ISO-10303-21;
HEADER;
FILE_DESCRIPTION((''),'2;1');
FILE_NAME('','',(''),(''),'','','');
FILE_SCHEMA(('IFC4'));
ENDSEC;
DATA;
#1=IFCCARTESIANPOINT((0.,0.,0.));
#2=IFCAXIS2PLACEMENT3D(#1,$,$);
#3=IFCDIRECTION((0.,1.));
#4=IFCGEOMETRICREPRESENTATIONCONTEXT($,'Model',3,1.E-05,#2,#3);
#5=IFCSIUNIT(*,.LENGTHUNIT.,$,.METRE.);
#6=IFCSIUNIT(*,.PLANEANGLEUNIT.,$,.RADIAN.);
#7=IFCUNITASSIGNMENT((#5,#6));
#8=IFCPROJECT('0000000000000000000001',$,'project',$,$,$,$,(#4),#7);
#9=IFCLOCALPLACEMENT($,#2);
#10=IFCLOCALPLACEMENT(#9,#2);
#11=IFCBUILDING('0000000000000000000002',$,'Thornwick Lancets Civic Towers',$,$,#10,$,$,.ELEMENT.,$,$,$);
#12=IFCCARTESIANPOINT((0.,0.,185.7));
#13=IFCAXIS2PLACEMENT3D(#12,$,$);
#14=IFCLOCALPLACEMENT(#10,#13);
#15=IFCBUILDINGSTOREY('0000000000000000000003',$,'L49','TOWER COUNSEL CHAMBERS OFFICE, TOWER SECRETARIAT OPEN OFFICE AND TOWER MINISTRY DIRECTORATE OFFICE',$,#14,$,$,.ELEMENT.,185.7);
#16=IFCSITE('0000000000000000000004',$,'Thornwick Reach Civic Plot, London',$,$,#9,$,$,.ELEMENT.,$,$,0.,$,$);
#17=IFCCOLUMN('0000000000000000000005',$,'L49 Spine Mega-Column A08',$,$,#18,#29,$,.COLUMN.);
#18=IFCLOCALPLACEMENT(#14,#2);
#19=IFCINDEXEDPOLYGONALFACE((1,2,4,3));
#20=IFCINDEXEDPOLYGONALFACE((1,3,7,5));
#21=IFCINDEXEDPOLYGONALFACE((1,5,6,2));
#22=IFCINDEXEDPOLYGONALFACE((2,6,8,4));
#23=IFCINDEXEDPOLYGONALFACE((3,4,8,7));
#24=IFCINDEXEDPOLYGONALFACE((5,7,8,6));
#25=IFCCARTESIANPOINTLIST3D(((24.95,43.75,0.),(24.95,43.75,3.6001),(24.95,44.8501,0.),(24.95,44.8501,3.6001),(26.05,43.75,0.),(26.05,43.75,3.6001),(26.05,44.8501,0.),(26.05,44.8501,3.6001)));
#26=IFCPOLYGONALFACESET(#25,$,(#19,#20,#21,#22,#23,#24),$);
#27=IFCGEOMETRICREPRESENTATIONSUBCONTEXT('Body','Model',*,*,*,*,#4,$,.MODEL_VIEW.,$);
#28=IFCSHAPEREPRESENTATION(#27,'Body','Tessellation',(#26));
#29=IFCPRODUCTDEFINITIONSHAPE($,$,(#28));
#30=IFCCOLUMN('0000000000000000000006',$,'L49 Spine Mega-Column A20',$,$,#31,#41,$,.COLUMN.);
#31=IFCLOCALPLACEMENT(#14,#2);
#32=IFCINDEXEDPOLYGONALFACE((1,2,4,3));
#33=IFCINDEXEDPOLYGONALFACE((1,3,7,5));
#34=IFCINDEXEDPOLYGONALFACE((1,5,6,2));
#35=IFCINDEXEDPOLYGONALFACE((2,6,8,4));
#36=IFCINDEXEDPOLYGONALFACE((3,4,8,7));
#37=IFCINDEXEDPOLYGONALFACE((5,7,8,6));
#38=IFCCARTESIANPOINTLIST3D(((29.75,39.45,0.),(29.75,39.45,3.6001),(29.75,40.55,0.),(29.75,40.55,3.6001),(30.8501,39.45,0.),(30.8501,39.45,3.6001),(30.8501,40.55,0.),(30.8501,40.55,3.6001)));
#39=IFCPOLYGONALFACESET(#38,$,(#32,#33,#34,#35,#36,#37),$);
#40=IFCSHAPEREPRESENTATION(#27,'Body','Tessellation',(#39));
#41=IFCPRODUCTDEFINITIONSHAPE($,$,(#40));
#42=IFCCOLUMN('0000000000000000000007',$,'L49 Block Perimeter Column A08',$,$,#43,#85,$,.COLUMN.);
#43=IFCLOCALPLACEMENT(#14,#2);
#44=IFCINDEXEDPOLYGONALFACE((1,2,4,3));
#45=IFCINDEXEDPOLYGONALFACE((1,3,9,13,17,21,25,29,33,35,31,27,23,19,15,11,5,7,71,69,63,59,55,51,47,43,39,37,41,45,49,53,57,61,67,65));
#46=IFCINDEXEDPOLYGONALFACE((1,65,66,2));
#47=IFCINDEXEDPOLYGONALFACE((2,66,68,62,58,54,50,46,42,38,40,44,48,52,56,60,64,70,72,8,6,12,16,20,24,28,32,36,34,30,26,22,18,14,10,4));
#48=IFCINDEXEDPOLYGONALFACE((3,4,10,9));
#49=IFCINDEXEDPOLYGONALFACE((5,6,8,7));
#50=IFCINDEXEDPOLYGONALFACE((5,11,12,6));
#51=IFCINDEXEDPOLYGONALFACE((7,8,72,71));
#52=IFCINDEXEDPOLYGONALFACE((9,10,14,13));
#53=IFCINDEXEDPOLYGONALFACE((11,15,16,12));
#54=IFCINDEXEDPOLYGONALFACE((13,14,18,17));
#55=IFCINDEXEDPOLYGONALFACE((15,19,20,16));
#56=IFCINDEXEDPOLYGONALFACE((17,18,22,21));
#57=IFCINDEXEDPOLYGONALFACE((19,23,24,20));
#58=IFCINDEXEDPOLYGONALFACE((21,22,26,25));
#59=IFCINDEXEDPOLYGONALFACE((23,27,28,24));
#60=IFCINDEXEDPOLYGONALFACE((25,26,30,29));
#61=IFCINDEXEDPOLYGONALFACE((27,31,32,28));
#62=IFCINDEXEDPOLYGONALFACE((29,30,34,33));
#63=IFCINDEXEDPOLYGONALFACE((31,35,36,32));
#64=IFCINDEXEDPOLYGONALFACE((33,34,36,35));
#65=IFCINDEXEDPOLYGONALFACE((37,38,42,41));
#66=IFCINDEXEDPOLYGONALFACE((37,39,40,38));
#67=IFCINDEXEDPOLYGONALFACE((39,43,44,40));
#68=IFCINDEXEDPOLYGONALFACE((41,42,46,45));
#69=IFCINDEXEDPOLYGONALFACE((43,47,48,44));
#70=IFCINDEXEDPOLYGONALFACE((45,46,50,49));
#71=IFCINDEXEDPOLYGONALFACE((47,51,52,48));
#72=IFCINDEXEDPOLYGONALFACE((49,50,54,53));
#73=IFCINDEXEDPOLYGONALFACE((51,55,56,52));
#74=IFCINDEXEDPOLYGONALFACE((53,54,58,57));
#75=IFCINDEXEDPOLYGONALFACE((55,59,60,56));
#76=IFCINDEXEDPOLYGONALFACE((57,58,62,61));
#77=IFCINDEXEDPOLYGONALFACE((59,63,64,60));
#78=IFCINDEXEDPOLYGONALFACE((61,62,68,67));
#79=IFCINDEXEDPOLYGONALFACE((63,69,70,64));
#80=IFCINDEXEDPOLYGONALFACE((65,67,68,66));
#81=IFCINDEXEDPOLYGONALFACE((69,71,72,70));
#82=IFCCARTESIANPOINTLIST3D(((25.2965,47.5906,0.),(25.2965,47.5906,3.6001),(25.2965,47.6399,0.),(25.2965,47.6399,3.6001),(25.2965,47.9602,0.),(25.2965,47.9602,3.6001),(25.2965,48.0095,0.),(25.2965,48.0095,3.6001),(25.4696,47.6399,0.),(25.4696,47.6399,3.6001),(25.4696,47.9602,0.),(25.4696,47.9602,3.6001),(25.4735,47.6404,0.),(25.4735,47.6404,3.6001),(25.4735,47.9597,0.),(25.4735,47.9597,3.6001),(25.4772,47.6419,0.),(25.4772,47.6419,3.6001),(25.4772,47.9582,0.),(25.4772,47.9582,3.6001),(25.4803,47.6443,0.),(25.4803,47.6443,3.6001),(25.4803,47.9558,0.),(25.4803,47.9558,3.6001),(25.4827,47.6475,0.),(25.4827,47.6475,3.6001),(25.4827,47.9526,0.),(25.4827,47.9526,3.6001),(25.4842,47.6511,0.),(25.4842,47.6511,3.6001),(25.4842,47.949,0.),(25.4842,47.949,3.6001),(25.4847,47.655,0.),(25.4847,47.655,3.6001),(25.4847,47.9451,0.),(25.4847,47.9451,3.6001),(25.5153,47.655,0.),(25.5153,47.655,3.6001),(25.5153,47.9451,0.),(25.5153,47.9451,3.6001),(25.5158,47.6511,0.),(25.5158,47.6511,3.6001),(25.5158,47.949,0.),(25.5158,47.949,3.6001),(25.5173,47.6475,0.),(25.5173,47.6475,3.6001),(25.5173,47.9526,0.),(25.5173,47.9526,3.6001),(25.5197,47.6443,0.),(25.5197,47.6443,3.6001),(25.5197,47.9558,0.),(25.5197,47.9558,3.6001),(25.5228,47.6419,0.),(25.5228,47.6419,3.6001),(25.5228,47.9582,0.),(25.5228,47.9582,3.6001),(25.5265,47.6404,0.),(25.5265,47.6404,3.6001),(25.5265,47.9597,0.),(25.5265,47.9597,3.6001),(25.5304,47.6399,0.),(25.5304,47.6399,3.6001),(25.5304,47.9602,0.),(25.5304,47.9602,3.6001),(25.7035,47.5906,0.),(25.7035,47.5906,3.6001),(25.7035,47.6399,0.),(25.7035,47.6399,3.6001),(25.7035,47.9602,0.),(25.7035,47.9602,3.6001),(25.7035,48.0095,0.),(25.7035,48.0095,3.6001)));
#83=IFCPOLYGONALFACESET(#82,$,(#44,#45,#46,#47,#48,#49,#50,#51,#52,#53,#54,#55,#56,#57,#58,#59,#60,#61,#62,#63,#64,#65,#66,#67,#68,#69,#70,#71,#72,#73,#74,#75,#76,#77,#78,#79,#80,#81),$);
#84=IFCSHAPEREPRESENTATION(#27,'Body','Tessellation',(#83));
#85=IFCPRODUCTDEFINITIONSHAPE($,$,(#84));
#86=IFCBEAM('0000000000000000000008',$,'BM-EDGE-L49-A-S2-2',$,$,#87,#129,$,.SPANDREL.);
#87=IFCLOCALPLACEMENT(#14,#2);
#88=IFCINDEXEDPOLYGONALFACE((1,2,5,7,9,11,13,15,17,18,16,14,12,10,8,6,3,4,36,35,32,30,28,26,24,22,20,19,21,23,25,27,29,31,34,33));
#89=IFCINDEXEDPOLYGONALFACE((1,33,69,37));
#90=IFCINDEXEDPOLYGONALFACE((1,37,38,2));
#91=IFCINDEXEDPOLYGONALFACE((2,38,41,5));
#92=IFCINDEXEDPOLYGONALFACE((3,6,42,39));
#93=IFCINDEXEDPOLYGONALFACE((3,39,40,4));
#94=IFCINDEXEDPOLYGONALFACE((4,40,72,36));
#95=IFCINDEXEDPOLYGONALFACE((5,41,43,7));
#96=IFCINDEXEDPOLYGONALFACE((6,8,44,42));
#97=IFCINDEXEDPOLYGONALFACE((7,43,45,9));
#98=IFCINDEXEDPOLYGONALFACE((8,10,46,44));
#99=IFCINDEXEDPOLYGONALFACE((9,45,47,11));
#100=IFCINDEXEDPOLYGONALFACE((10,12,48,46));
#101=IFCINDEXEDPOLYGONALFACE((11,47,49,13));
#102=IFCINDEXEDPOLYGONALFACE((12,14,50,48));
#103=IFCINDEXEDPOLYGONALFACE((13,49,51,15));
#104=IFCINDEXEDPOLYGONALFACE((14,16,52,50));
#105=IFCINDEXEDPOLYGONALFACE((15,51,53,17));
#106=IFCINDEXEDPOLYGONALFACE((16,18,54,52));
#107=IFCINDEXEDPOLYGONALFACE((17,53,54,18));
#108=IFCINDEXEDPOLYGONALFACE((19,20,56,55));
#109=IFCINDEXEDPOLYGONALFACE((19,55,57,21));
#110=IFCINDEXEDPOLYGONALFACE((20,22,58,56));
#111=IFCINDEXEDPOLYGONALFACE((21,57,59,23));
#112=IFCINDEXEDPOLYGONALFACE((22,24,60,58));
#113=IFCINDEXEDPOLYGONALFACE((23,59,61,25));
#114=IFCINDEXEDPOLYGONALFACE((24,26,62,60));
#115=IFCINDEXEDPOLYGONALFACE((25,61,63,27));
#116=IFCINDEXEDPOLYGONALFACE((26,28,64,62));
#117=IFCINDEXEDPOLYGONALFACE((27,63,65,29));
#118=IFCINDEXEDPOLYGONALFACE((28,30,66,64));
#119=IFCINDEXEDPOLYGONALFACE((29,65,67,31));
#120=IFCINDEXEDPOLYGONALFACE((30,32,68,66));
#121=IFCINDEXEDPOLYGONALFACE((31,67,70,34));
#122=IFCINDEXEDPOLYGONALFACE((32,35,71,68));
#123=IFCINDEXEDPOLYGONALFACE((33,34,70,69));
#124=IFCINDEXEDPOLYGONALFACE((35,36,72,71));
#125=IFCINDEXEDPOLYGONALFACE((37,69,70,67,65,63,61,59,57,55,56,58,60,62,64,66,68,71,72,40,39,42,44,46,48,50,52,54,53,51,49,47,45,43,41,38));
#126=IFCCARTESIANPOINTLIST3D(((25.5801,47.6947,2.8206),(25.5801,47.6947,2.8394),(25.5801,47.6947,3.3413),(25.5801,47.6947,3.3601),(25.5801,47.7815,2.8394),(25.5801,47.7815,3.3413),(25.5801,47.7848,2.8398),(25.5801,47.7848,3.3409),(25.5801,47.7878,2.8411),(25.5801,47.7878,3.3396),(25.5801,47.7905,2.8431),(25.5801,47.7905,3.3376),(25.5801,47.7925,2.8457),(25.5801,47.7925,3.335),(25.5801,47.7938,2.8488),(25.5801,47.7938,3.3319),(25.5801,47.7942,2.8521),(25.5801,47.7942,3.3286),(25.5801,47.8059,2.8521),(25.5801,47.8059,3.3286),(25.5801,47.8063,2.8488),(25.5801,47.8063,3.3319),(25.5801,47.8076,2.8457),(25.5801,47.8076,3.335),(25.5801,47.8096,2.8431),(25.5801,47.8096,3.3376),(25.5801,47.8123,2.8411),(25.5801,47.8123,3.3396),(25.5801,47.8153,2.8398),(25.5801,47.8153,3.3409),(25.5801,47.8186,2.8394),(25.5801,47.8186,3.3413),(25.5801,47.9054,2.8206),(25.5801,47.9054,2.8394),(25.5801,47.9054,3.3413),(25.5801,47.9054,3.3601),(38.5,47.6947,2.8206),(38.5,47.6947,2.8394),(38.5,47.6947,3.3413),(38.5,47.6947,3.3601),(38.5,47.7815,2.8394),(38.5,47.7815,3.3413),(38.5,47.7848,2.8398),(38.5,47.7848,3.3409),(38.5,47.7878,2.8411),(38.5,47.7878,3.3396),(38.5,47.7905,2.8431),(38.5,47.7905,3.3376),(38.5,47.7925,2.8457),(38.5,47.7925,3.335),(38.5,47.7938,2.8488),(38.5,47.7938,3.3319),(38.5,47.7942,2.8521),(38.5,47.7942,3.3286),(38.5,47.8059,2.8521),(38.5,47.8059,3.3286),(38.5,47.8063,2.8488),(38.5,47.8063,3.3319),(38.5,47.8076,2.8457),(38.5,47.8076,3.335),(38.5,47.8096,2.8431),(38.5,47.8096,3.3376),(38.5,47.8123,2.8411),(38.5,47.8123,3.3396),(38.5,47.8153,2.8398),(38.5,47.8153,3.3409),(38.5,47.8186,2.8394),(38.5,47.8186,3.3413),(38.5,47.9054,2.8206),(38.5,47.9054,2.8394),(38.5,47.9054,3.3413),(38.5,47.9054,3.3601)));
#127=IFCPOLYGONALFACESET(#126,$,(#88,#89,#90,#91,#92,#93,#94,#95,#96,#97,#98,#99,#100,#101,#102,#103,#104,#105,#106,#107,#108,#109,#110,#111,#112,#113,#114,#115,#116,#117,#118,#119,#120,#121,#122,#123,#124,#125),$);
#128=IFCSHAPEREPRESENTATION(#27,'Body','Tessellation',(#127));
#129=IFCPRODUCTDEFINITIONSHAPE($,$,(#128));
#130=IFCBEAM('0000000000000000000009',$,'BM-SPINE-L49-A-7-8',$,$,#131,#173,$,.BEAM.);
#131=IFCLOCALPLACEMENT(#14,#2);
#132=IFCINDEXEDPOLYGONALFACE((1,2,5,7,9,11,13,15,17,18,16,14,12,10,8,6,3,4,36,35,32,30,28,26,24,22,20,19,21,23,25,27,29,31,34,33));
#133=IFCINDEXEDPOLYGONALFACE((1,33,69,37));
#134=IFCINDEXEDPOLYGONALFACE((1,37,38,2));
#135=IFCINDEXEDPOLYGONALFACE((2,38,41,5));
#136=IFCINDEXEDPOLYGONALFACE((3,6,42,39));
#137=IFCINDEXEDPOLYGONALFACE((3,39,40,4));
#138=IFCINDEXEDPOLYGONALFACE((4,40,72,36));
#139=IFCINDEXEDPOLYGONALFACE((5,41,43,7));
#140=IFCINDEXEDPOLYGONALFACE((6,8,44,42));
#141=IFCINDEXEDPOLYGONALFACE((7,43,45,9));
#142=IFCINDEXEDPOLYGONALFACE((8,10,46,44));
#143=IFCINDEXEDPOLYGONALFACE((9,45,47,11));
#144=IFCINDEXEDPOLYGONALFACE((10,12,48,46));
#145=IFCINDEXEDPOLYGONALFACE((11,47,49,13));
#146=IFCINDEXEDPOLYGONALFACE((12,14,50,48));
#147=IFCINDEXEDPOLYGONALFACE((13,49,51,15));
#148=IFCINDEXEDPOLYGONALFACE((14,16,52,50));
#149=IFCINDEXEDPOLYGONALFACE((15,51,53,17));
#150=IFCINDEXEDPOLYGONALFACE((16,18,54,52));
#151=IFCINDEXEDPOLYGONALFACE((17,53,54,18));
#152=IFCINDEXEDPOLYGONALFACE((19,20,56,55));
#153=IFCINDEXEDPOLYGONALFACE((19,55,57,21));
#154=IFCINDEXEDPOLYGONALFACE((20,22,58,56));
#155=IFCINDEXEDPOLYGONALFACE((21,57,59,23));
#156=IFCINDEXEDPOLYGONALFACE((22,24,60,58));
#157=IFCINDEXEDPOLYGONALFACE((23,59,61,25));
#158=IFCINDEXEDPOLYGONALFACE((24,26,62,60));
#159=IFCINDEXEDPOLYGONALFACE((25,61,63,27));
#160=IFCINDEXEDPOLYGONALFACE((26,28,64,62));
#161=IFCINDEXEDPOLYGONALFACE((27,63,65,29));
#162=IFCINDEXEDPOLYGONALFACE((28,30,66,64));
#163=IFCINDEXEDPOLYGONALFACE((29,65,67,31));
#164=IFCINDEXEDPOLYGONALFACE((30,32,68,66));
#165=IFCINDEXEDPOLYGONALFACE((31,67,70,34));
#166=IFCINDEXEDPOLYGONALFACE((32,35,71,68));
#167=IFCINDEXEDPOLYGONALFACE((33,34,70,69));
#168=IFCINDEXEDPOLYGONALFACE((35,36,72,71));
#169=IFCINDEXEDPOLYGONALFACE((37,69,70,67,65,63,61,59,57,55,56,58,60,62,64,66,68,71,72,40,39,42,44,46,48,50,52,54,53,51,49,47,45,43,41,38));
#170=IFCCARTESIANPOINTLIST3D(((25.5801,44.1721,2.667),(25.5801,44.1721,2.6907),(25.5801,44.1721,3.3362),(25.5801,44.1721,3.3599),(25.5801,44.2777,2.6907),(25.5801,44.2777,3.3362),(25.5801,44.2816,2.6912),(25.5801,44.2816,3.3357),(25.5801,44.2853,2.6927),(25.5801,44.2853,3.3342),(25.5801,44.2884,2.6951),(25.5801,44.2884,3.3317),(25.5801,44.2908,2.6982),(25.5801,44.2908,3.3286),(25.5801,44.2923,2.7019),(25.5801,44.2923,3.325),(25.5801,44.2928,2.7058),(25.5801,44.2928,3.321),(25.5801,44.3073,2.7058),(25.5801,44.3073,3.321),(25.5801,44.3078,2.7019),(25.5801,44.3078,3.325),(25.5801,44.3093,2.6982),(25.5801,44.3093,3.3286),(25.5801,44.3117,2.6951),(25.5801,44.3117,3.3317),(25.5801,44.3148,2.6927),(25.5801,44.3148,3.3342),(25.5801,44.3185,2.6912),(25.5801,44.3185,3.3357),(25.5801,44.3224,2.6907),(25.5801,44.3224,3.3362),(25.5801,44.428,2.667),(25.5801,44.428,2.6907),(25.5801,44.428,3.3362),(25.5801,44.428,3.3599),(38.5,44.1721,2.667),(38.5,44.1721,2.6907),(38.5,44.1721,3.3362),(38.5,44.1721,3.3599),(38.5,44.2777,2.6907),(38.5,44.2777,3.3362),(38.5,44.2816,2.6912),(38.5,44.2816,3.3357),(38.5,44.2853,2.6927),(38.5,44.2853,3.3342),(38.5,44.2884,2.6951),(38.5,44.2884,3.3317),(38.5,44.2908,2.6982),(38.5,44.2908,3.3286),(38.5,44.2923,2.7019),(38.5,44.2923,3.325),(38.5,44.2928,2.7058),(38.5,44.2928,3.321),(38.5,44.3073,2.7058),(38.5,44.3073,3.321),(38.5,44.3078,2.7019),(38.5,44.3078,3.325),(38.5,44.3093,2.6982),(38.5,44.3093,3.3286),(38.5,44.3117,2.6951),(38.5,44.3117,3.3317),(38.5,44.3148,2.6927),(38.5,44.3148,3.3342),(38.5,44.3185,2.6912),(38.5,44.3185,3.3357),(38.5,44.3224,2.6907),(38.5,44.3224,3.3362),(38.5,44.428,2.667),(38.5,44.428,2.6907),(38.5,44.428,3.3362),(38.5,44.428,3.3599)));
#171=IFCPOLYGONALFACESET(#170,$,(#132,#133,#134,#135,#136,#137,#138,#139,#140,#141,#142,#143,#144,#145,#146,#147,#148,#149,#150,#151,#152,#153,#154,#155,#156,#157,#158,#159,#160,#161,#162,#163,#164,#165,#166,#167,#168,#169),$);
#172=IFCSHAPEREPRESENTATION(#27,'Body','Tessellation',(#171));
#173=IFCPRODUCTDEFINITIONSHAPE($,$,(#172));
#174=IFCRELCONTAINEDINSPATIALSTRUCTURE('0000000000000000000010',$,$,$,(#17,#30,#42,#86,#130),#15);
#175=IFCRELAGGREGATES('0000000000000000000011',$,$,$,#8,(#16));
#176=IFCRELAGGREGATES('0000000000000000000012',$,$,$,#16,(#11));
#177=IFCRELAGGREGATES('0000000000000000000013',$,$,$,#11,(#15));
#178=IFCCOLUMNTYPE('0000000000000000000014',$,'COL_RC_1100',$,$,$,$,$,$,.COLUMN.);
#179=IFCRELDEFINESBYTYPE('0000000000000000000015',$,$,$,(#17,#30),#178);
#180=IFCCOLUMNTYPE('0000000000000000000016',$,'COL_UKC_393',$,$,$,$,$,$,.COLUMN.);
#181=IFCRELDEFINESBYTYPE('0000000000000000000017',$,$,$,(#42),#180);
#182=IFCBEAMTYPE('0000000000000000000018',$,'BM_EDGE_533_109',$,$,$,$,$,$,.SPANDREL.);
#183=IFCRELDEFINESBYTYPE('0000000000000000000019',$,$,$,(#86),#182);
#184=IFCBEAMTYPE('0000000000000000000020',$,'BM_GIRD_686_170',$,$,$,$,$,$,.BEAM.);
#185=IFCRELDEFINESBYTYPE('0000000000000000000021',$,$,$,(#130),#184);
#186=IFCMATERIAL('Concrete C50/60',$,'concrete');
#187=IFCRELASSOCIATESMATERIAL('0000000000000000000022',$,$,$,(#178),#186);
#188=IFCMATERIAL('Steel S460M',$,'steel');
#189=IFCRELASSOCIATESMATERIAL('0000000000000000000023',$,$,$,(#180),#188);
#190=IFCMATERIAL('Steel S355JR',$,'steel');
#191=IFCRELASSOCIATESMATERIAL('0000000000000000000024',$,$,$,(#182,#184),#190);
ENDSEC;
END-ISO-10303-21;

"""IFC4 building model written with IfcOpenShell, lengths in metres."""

from ifc_helpers import new_model, si_unit, direction, frame, origin, origin_2d, place, context, subcontext, project, spatial, rectangle, i_section, extrude, material, material_profile, profile_set, type_object, element, save


model = new_model("IFC4")

# Units and contexts
model_context = context("Model", 3, precision=1e-05, world=origin(), true_north=direction((0.0, 1.0)))
body_context = subcontext(model_context, "Body", "Model", "MODEL_VIEW")
ifc_project = project(units=[si_unit("LENGTHUNIT", "METRE"), si_unit("PLANEANGLEUNIT", "RADIAN")], contexts=[model_context])

# Site, building, storey
site_placement = place(None, origin())
site = spatial("IfcSite", under=ifc_project, at=site_placement, Name="Thornwick Reach Civic Plot, London", CompositionType="ELEMENT", RefElevation=0.0)
building_placement = place(site_placement, origin())
building = spatial("IfcBuilding", under=site, at=building_placement, Name="Thornwick Lancets Civic Towers", CompositionType="ELEMENT")
storey_placement = place(building_placement, frame((0.0, 0.0, 185.7)))
storey = spatial("IfcBuildingStorey", under=building, at=storey_placement, Name="L49", Description="TOWER COUNSEL CHAMBERS OFFICE, TOWER SECRETARIAT OPEN OFFICE AND TOWER MINISTRY DIRECTORATE OFFICE", CompositionType="ELEMENT", Elevation=185.7)

# Columns
ifc_material_1 = material(Name="Concrete C50/60", Category="concrete")
ifc_material_profile_1 = material_profile(ifc_material_1, rectangle(XDim=1.1001, YDim=1.1001, at=origin_2d()), Name="RC 1100x1100")
ifc_profile_set_1 = profile_set([ifc_material_profile_1], Name="Concrete C50/60")
column_type_1 = type_object("IfcColumnType", Name="COL_RC_1100", PredefinedType="COLUMN", material=ifc_profile_set_1)
for number, where, z_axis, x_axis, name in (
    (1, (25.5, 44.3, 0.0), (0.0, 0.0, 1.0), (1.0, 0.0, 0.0), "L49 Spine Mega-Column A08"),
    (2, (30.3, 40.0, 0.0), (0.0, 0.0, 1.0), (1.0, 0.0, 0.0), "L49 Spine Mega-Column A20"),
):
    element("IfcColumn", number, at=place(storey_placement, frame(where, z_axis=z_axis, x_axis=x_axis)), inside=storey, type_object=column_type_1, Name=name, PredefinedType="COLUMN", context=body_context, shape_type="SweptSolid", body=[
        extrude(rectangle(XDim=1.1001, YDim=1.1001, at=origin_2d()), origin(), (0.0, 0.0, 1.0), 3.6001),
    ])
ifc_material_2 = material(Name="Steel S460M", Category="steel")
ifc_material_profile_2 = material_profile(ifc_material_2, i_section(OverallWidth=0.407, OverallDepth=0.4189, WebThickness=0.0305, FlangeThickness=0.0493, FilletRadius=0.0151, at=origin_2d()), Name="UKC 356x406x393")
ifc_profile_set_2 = profile_set([ifc_material_profile_2], Name="Steel S460M")
column_type_2 = type_object("IfcColumnType", Name="COL_UKC_393", PredefinedType="COLUMN", material=ifc_profile_set_2)
column_placement = place(storey_placement, frame((25.5, 47.8, 0.0), z_axis=(0.0, 0.0, 1.0), x_axis=(1.0, 0.0, 0.0)))
element("IfcColumn", 3, at=column_placement, inside=storey, type_object=column_type_2, Name="L49 Block Perimeter Column A08", PredefinedType="COLUMN", context=body_context, shape_type="SweptSolid", body=[
    extrude(i_section(OverallWidth=0.407, OverallDepth=0.4189, WebThickness=0.0305, FlangeThickness=0.0493, FilletRadius=0.0151, at=origin_2d()), origin(), (0.0, 0.0, 1.0), 3.6001),
])

# Beams
ifc_material_3 = material(Name="Steel S355JR", Category="steel")
ifc_material_profile_3 = material_profile(ifc_material_3, i_section(OverallWidth=0.2107, OverallDepth=0.5396, WebThickness=0.0117, FlangeThickness=0.0188, FilletRadius=0.0127, at=origin_2d()), Name="UKB 533x210x109")
ifc_profile_set_3 = profile_set([ifc_material_profile_3], Name="Steel S355JR")
beam_type_1 = type_object("IfcBeamType", Name="BM_EDGE_533_109", PredefinedType="SPANDREL", material=ifc_profile_set_3)
beam_1_placement = place(storey_placement, frame((25.5801, 47.8, 3.0903), z_axis=(1.0, 0.0, 0.0), x_axis=(0.0, 1.0, 0.0)))
element("IfcBeam", 4, at=beam_1_placement, inside=storey, type_object=beam_type_1, Name="BM-EDGE-L49-A-S2-2", PredefinedType="SPANDREL", context=body_context, shape_type="SweptSolid", body=[
    extrude(i_section(OverallWidth=0.2107, OverallDepth=0.5396, WebThickness=0.0117, FlangeThickness=0.0188, FilletRadius=0.0127, at=origin_2d()), origin(), (0.0, 0.0, 1.0), 12.9199),
])
ifc_material_profile_4 = material_profile(ifc_material_3, i_section(OverallWidth=0.2559, OverallDepth=0.6929, WebThickness=0.0144, FlangeThickness=0.0237, FilletRadius=0.0151, at=origin_2d()), Name="UKB 686x254x170")
ifc_profile_set_4 = profile_set([ifc_material_profile_4], Name="Steel S355JR")
beam_type_2 = type_object("IfcBeamType", Name="BM_GIRD_686_170", PredefinedType="BEAM", material=ifc_profile_set_4)
beam_2_placement = place(storey_placement, frame((25.5801, 44.3, 3.0134), z_axis=(1.0, 0.0, 0.0), x_axis=(0.0, 1.0, 0.0)))
element("IfcBeam", 5, at=beam_2_placement, inside=storey, type_object=beam_type_2, Name="BM-SPINE-L49-A-7-8", PredefinedType="BEAM", context=body_context, shape_type="SweptSolid", body=[
    extrude(i_section(OverallWidth=0.2559, OverallDepth=0.6929, WebThickness=0.0144, FlangeThickness=0.0237, FilletRadius=0.0151, at=origin_2d()), origin(), (0.0, 0.0, 1.0), 12.9199),
])

save(model, "model.ifc")
